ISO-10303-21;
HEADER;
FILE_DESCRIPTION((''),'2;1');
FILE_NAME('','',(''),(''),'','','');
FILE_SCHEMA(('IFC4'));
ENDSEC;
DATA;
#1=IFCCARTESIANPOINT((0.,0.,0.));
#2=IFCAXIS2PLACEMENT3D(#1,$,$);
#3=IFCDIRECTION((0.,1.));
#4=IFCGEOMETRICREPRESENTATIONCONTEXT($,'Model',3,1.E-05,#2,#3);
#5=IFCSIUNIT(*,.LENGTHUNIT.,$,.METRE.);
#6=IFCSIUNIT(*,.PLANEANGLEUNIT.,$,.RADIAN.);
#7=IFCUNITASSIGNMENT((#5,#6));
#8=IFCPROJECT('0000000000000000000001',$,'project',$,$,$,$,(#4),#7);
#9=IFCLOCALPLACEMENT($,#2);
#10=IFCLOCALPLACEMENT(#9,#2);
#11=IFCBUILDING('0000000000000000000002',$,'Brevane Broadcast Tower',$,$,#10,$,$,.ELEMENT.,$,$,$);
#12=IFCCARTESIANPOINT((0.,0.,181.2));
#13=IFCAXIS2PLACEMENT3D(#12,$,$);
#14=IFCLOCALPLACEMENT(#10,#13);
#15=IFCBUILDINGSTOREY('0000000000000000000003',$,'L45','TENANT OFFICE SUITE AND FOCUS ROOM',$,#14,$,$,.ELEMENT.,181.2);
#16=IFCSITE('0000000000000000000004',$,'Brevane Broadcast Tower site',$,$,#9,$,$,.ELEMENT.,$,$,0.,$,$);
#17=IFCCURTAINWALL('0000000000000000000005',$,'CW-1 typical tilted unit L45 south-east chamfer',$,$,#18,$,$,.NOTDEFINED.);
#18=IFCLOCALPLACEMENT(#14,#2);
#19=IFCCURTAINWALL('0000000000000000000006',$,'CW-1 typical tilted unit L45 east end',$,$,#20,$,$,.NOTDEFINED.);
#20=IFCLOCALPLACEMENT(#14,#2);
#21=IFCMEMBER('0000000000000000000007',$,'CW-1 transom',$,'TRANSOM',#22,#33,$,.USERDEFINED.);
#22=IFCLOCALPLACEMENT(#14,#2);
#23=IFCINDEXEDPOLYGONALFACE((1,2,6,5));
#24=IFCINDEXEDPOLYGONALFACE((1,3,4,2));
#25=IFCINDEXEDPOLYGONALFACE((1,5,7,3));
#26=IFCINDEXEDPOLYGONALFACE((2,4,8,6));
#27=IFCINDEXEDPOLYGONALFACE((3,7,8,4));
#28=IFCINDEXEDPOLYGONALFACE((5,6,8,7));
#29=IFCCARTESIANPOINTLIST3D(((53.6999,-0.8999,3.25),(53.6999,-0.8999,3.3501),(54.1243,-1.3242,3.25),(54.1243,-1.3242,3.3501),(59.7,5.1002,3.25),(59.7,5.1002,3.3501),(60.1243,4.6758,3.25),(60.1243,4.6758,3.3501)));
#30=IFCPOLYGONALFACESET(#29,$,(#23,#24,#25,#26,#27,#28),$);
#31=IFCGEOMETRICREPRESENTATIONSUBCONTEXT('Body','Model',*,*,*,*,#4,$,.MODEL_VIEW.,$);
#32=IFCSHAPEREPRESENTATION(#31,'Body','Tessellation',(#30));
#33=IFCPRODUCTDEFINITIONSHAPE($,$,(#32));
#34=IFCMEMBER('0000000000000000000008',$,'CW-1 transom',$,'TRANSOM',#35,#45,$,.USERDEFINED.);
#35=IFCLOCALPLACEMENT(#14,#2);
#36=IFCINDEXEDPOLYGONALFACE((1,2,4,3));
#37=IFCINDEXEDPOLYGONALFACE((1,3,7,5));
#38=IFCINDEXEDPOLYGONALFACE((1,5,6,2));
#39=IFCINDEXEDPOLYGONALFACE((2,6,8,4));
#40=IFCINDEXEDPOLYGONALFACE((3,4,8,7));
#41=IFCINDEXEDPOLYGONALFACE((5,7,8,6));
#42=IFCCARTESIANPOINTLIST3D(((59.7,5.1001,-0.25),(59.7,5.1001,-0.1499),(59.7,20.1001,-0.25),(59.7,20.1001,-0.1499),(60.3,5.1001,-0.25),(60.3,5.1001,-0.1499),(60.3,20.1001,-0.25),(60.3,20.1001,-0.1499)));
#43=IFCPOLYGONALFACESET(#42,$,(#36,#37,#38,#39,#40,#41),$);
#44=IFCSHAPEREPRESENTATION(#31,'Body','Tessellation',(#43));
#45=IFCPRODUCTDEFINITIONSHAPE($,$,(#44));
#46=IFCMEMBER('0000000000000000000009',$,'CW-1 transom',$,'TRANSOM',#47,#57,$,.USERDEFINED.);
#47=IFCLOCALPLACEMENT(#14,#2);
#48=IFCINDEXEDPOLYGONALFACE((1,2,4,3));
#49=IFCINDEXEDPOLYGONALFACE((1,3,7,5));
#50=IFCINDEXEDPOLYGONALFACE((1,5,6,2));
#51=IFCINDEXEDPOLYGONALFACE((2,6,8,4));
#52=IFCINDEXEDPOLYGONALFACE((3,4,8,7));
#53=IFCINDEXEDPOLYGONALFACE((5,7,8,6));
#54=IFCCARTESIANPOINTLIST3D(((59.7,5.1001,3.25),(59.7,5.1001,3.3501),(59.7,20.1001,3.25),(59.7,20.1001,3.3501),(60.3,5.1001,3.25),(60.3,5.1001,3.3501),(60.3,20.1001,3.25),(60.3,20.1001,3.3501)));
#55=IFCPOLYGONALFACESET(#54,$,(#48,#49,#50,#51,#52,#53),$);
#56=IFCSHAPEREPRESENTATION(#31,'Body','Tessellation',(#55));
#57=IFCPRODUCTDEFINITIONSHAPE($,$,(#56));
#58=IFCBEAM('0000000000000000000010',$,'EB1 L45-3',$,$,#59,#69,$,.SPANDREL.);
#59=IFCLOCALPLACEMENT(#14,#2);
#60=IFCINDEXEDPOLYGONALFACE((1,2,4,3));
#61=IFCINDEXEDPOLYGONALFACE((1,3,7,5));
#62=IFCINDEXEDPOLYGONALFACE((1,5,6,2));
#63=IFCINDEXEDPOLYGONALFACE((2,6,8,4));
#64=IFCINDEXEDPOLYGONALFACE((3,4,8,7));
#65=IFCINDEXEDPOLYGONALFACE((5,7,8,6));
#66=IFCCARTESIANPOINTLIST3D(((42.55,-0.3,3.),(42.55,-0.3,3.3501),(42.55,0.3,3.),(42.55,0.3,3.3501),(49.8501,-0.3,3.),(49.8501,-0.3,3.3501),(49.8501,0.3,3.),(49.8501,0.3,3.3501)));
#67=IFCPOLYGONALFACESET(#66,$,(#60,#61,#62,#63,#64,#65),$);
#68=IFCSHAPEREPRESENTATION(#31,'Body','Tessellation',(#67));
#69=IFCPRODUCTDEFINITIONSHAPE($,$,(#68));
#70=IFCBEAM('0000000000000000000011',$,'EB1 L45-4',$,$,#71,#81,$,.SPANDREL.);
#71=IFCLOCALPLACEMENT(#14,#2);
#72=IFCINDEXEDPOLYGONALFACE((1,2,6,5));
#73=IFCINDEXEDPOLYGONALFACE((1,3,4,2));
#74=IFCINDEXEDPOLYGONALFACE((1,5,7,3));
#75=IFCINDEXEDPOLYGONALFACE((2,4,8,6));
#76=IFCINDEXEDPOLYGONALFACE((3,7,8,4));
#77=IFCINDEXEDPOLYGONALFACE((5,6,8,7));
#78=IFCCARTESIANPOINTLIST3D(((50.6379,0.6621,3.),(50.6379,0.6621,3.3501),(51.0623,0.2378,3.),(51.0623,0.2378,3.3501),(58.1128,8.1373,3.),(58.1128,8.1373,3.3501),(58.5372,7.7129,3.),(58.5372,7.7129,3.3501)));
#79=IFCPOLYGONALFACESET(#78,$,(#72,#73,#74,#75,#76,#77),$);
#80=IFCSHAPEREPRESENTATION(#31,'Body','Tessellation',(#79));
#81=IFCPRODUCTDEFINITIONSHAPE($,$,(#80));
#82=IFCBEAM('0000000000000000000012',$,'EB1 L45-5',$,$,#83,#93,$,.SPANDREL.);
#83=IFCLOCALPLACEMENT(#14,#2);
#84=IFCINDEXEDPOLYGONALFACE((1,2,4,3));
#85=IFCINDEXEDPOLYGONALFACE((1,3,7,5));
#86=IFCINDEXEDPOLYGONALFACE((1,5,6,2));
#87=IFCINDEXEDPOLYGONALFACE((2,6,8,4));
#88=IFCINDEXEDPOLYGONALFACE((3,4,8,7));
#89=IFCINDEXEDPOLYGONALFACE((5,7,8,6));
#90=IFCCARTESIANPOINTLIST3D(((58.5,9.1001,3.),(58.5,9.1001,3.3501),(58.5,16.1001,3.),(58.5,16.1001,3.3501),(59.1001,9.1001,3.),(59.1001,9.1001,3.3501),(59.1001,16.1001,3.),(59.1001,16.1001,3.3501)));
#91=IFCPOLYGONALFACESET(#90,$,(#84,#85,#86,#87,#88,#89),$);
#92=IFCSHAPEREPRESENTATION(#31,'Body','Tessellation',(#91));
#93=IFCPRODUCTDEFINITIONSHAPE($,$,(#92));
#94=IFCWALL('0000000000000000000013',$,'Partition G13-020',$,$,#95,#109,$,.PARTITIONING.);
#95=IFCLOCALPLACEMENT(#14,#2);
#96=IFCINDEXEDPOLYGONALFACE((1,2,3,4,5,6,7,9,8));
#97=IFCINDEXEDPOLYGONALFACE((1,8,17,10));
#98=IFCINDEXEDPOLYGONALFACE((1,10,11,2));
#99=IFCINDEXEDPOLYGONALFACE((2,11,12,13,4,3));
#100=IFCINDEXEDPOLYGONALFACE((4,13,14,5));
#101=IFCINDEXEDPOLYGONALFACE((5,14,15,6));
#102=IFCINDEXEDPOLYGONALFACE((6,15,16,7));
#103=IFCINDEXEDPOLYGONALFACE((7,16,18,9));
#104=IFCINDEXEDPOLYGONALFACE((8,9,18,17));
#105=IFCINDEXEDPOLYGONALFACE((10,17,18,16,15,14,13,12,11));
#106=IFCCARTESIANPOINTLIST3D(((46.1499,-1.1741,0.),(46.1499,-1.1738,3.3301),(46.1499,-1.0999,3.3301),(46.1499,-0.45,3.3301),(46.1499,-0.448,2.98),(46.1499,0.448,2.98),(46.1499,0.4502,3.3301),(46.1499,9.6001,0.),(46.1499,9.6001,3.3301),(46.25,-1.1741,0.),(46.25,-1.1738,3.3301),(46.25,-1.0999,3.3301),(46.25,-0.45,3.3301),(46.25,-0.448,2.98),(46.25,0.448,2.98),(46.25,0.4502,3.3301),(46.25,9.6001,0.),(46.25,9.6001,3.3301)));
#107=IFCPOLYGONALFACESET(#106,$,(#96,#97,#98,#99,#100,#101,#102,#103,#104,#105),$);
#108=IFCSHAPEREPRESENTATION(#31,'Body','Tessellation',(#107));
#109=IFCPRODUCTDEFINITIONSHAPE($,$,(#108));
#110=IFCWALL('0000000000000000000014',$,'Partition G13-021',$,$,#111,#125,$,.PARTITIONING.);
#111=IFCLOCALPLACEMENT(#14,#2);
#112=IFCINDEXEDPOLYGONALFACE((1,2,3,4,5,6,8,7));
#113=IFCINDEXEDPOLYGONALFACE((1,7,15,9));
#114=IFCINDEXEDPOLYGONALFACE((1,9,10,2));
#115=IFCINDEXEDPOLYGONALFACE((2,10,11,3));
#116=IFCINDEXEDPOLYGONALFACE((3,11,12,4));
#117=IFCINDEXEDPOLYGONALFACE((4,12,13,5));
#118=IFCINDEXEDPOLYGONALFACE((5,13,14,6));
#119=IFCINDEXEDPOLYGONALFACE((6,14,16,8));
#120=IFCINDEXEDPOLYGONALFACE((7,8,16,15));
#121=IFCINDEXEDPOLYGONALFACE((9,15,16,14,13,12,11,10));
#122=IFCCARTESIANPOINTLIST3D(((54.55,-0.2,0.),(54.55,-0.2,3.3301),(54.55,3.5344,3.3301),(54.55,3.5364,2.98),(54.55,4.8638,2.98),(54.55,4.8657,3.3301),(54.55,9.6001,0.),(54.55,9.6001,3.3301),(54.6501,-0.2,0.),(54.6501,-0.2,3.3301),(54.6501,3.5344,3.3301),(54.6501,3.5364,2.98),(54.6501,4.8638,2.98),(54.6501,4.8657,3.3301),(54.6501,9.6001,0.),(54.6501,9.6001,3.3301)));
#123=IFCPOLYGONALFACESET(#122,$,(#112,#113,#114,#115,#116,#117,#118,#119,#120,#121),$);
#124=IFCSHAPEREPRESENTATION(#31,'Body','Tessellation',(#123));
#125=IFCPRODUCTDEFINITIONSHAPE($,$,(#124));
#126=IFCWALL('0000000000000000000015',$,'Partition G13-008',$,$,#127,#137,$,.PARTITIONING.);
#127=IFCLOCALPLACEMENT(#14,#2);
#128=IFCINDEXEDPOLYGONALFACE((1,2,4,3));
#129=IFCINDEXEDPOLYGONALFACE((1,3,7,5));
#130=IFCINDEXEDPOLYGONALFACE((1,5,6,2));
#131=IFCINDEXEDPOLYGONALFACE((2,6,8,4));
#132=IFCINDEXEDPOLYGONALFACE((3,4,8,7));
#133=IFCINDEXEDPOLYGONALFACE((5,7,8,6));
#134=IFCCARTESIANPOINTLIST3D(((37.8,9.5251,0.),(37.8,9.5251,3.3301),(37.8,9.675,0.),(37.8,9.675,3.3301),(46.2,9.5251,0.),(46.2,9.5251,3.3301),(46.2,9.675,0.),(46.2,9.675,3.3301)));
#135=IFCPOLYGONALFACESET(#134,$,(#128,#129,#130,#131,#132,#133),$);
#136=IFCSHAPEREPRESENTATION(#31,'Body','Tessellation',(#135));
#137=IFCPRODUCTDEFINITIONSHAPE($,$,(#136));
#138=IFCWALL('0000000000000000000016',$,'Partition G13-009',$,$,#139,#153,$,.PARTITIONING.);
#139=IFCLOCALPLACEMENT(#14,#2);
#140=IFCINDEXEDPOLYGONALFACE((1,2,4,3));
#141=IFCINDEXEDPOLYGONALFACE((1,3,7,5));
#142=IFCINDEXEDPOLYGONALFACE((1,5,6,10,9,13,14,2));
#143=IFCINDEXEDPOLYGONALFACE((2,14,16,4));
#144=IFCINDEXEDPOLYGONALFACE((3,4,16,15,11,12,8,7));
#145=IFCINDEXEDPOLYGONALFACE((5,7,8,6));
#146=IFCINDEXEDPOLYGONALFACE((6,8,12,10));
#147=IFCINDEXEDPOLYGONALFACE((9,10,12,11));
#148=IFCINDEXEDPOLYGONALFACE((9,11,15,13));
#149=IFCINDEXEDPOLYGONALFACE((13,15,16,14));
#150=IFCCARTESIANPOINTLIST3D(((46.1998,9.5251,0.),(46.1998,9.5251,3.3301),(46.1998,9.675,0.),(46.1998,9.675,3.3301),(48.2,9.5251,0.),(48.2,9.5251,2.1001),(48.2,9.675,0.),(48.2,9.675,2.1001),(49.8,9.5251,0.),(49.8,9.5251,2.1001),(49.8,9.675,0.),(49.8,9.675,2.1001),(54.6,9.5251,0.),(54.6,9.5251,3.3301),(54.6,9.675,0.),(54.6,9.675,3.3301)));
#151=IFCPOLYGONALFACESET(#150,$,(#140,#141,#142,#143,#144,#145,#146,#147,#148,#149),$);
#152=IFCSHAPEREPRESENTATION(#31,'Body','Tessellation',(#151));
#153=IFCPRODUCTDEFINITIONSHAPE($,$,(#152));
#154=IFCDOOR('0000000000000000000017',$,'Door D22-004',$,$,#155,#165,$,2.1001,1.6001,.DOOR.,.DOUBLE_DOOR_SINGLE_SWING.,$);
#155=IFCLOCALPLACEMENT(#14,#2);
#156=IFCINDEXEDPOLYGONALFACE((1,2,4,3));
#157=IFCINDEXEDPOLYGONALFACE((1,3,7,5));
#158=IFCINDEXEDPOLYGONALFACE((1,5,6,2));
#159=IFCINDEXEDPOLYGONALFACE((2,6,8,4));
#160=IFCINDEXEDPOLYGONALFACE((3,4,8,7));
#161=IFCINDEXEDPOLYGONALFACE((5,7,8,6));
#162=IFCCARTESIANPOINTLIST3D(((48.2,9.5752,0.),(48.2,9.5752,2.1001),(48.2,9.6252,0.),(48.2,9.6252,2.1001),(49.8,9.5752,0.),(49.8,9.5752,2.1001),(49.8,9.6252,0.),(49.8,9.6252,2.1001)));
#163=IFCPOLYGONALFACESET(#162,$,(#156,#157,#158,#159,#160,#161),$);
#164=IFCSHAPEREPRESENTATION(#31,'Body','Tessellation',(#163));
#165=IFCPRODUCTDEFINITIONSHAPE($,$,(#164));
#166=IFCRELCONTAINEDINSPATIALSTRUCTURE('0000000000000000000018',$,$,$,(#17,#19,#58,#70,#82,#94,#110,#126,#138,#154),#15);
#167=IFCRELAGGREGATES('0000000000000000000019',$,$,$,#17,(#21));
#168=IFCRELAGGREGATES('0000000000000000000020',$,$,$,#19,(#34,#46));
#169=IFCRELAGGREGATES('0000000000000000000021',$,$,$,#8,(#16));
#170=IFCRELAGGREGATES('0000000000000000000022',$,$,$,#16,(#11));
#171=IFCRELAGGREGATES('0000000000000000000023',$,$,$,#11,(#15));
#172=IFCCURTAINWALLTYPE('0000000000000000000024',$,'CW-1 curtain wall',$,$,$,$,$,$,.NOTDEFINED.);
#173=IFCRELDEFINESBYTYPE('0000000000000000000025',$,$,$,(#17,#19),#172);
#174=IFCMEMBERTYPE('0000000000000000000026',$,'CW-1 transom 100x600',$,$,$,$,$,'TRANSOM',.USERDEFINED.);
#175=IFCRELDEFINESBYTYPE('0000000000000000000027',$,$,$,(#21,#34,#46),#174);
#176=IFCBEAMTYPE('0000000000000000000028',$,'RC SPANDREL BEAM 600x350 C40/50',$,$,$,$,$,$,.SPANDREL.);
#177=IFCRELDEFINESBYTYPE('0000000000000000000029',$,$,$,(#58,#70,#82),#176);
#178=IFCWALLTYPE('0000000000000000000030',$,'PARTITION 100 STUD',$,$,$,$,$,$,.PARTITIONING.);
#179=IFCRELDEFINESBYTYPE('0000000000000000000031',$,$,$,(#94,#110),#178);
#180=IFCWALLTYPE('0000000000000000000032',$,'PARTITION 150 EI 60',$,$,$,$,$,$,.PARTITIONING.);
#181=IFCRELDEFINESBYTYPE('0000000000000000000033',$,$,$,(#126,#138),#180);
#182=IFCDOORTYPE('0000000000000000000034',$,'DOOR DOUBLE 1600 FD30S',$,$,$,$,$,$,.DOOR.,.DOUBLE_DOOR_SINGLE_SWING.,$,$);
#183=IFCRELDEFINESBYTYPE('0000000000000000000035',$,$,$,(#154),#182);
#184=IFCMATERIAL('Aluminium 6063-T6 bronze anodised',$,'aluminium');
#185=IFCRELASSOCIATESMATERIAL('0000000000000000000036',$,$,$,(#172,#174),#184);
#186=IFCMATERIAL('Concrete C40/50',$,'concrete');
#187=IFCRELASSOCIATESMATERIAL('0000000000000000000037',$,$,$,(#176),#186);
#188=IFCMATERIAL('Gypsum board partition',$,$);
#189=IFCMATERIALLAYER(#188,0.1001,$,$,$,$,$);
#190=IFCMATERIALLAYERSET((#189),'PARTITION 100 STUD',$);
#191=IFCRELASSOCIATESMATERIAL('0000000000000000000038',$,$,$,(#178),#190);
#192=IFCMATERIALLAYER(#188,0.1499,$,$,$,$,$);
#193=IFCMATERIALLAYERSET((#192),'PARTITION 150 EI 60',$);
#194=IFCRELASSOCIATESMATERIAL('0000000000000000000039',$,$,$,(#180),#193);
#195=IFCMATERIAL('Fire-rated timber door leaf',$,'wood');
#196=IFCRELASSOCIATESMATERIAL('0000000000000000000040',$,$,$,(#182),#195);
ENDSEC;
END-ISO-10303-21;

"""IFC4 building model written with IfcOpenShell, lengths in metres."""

from ifc_helpers import new_model, si_unit, direction, frame, frame_2d, origin, origin_2d, place, context, subcontext, project, spatial, polyline, rectangle, outline, extrude, material, layer, layer_set, material_profile, profile_set, type_object, element, fill, aggregate, save


model = new_model("IFC4")

# Units and contexts
model_context = context("Model", 3, precision=1e-05, world=origin(), true_north=direction((0.0, 1.0)))
body_context = subcontext(model_context, "Body", "Model", "MODEL_VIEW")
ifc_project = project(units=[si_unit("LENGTHUNIT", "METRE"), si_unit("PLANEANGLEUNIT", "RADIAN")], contexts=[model_context])

# Site, building, storey
site_placement = place(None, origin())
site = spatial("IfcSite", under=ifc_project, at=site_placement, Name="Brevane Broadcast Tower site", CompositionType="ELEMENT", RefElevation=0.0)
building_placement = place(site_placement, origin())
building = spatial("IfcBuilding", under=site, at=building_placement, Name="Brevane Broadcast Tower", CompositionType="ELEMENT")
storey_placement = place(building_placement, frame((0.0, 0.0, 181.2)))
storey = spatial("IfcBuildingStorey", under=building, at=storey_placement, Name="L45", Description="TENANT OFFICE SUITE AND FOCUS ROOM", CompositionType="ELEMENT", Elevation=181.2)

# Curtain walls
ifc_material_1 = material(Name="Aluminium 6063-T6 bronze anodised", Category="aluminium")
curtain_wall_type = type_object("IfcCurtainWallType", Name="CW-1 curtain wall", PredefinedType="NOTDEFINED", material=ifc_material_1)
curtain_wall_1_placement = place(storey_placement, origin())
curtain_wall_1 = element("IfcCurtainWall", 1, at=curtain_wall_1_placement, inside=storey, type_object=curtain_wall_type, Name="CW-1 typical tilted unit L45 south-east chamfer", PredefinedType="NOTDEFINED")
curtain_wall_2_placement = place(storey_placement, origin())
curtain_wall_2 = element("IfcCurtainWall", 2, at=curtain_wall_2_placement, inside=storey, type_object=curtain_wall_type, Name="CW-1 typical tilted unit L45 east end", PredefinedType="NOTDEFINED")

# Members
ifc_material_profile_1 = material_profile(ifc_material_1, rectangle(XDim=0.6001, YDim=0.1001, at=origin_2d()), Name="RECT 100x600")
ifc_profile_set_1 = profile_set([ifc_material_profile_1], Name="Aluminium 6063-T6 bronze anodised")
member_type_1 = type_object("IfcMemberType", Name="CW-1 transom 100x600", ElementType="TRANSOM", PredefinedType="USERDEFINED", material=ifc_profile_set_1)
member_1_placement = place(storey_placement, frame((53.9121, -1.1121, 3.3), z_axis=(0.707107, 0.707107, 0.0), x_axis=(-0.707107, 0.707107, 0.0)))
member_1 = element("IfcMember", 3, at=member_1_placement, type_object=member_type_1, Name="CW-1 transom", ObjectType="TRANSOM", PredefinedType="USERDEFINED", context=body_context, shape_type="SweptSolid", body=[
    extrude(rectangle(XDim=0.6001, YDim=0.1001, at=origin_2d()), origin(), (0.0, 0.0, 1.0), 8.4854),
])
aggregate(curtain_wall_1, [member_1])
member_2_placement = place(storey_placement, frame((60.0, 5.1001, -0.2), z_axis=(0.0, 1.0, 0.0), x_axis=(-1.0, 0.0, 0.0)))
member_2 = element("IfcMember", 4, at=member_2_placement, type_object=member_type_1, Name="CW-1 transom", ObjectType="TRANSOM", PredefinedType="USERDEFINED", context=body_context, shape_type="SweptSolid", body=[
    extrude(rectangle(XDim=0.6001, YDim=0.1001, at=origin_2d()), origin(), (0.0, 0.0, 1.0), 15.0),
])
member_3_placement = place(storey_placement, frame((60.0, 5.1001, 3.3), z_axis=(0.0, 1.0, 0.0), x_axis=(-1.0, 0.0, 0.0)))
member_3 = element("IfcMember", 5, at=member_3_placement, type_object=member_type_1, Name="CW-1 transom", ObjectType="TRANSOM", PredefinedType="USERDEFINED", context=body_context, shape_type="SweptSolid", body=[
    extrude(rectangle(XDim=0.6001, YDim=0.1001, at=origin_2d()), origin(), (0.0, 0.0, 1.0), 15.0),
])
aggregate(curtain_wall_2, [member_2, member_3])

# Beams
ifc_material_2 = material(Name="Concrete C40/50", Category="concrete")
ifc_material_profile_2 = material_profile(ifc_material_2, rectangle(XDim=0.6001, YDim=0.3501, at=origin_2d()), Name="RC 600x350")
ifc_profile_set_2 = profile_set([ifc_material_profile_2], Name="Concrete C40/50")
beam_type = type_object("IfcBeamType", Name="RC SPANDREL BEAM 600x350 C40/50", PredefinedType="SPANDREL", material=ifc_profile_set_2)
beam_1_placement = place(storey_placement, frame((42.55, 0.0, 3.175), z_axis=(1.0, 0.0, 0.0), x_axis=(0.0, 1.0, 0.0)))
element("IfcBeam", 6, at=beam_1_placement, inside=storey, type_object=beam_type, Name="EB1 L45-3", PredefinedType="SPANDREL", context=body_context, shape_type="SweptSolid", body=[
    extrude(rectangle(XDim=0.6001, YDim=0.3501, at=origin_2d()), origin(), (0.0, 0.0, 1.0), 7.3),
])
beam_2_placement = place(storey_placement, frame((50.8501, 0.45, 3.175), z_axis=(0.707095, 0.707118, 0.0), x_axis=(-0.707118, 0.707095, 0.0)))
element("IfcBeam", 7, at=beam_2_placement, inside=storey, type_object=beam_type, Name="EB1 L45-4", PredefinedType="SPANDREL", context=body_context, shape_type="SweptSolid", body=[
    extrude(rectangle(XDim=0.6001, YDim=0.3501, at=origin_2d()), origin(), (0.0, 0.0, 1.0), 10.5713),
])
beam_3_placement = place(storey_placement, frame((58.8, 9.1001, 3.175), z_axis=(0.0, 1.0, 0.0), x_axis=(-1.0, 0.0, 0.0)))
element("IfcBeam", 8, at=beam_3_placement, inside=storey, type_object=beam_type, Name="EB1 L45-5", PredefinedType="SPANDREL", context=body_context, shape_type="SweptSolid", body=[
    extrude(rectangle(XDim=0.6001, YDim=0.3501, at=origin_2d()), origin(), (0.0, 0.0, 1.0), 7.0),
])

# Walls
ifc_material_3 = material(Name="Gypsum board partition")
ifc_layer_1 = layer(ifc_material_3, 0.1001)
ifc_layer_set_1 = layer_set([ifc_layer_1], Name="PARTITION 100 STUD")
wall_type_1 = type_object("IfcWallType", Name="PARTITION 100 STUD", PredefinedType="PARTITIONING", material=ifc_layer_set_1)
wall_1_placement = place(storey_placement, frame((46.2, 9.6001, 0.0), z_axis=(0.0, 0.0, 1.0), x_axis=(0.0, -1.0, 0.0)))
element("IfcWall", 9, at=wall_1_placement, inside=storey, type_object=wall_type_1, Name="Partition G13-020", PredefinedType="PARTITIONING", context=body_context, shape_type="SweptSolid", body=[
    extrude(outline(polyline([(0.0, 0.0), (10.7742, 0.0), (10.7739, 3.3301), (10.7, 3.3301), (10.05, 3.3301), (10.0481, 2.98), (9.1521, 2.98), (9.1499, 3.3301), (0.0, 3.3301), (0.0, 0.0)])), frame((0.0, 0.05, 0.0), z_axis=(0.0, -1.0, 0.0), x_axis=(1.0, 0.0, 0.0)), (0.0, 0.0, 1.0), 0.1001),
])
wall_2_placement = place(storey_placement, frame((54.6001, 9.6001, 0.0), z_axis=(0.0, 0.0, 1.0), x_axis=(0.0, -1.0, 0.0)))
element("IfcWall", 10, at=wall_2_placement, inside=storey, type_object=wall_type_1, Name="Partition G13-021", PredefinedType="PARTITIONING", context=body_context, shape_type="SweptSolid", body=[
    extrude(outline(polyline([(0.0, 0.0), (9.8, 0.0), (9.8, 3.3301), (6.0657, 3.3301), (6.0637, 2.98), (4.7363, 2.98), (4.7344, 3.3301), (0.0, 3.3301), (0.0, 0.0)])), frame((0.0, 0.05, 0.0), z_axis=(0.0, -1.0, 0.0), x_axis=(1.0, 0.0, 0.0)), (0.0, 0.0, 1.0), 0.1001),
])
ifc_layer_2 = layer(ifc_material_3, 0.1499)
ifc_layer_set_2 = layer_set([ifc_layer_2], Name="PARTITION 150 EI 60")
wall_type_2 = type_object("IfcWallType", Name="PARTITION 150 EI 60", PredefinedType="PARTITIONING", material=ifc_layer_set_2)
wall_3_placement = place(storey_placement, frame((46.2, 9.6001, 0.0), z_axis=(0.0, 0.0, 1.0), x_axis=(-1.0, 0.0, 0.0)))
element("IfcWall", 11, at=wall_3_placement, inside=storey, type_object=wall_type_2, Name="Partition G13-008", PredefinedType="PARTITIONING", context=body_context, shape_type="SweptSolid", body=[
    extrude(rectangle(XDim=8.3999, YDim=0.1499, at=frame_2d((4.2, 0.0))), origin(), (0.0, 0.0, 1.0), 3.3301),
])

# Wall, opening, door
wall_4_placement = place(storey_placement, frame((54.6001, 9.6001, 0.0), z_axis=(0.0, 0.0, 1.0), x_axis=(-1.0, 0.0, 0.0)))
wall_4 = element("IfcWall", 12, at=wall_4_placement, inside=storey, type_object=wall_type_2, Name="Partition G13-009", PredefinedType="PARTITIONING", context=body_context, shape_type="SweptSolid", body=[
    extrude(rectangle(XDim=8.4001, YDim=0.1499, at=frame_2d((4.2002, 0.0))), origin(), (0.0, 0.0, 1.0), 3.3301),
])
opening_1_placement = place(wall_4_placement, frame((4.8, 0.0, 0.0)))
opening_1 = element("IfcOpeningElement", 13, at=opening_1_placement, cuts=wall_4, PredefinedType="OPENING", context=body_context, shape_type="SweptSolid", body=[
    extrude(rectangle(XDim=1.6001, YDim=2.1001, at=frame_2d((0.8, 1.05))), frame((0.0, 0.085, 0.0), z_axis=(0.0, -1.0, 0.0), x_axis=(1.0, 0.0, 0.0)), (0.0, 0.0, 1.0), 0.1699),
])
ifc_material_4 = material(Name="Fire-rated timber door leaf", Category="wood")
door_type_1 = type_object("IfcDoorType", Name="DOOR DOUBLE 1600 FD30S", OperationType="DOUBLE_DOOR_SINGLE_SWING", PredefinedType="DOOR", material=ifc_material_4)
door_1_placement = place(opening_1_placement, origin())
door_1 = element("IfcDoor", 14, at=door_1_placement, inside=storey, type_object=door_type_1, Name="Door D22-004", OperationType="DOUBLE_DOOR_SINGLE_SWING", OverallHeight=2.1001, OverallWidth=1.6001, PredefinedType="DOOR", context=body_context, shape_type="SweptSolid", body=[
    extrude(rectangle(XDim=1.6001, YDim=2.1001, at=frame_2d((0.8, 1.05))), frame((0.0, 0.0249, 0.0), z_axis=(0.0, -1.0, 0.0), x_axis=(1.0, 0.0, 0.0)), (0.0, 0.0, 1.0), 0.05),
])
fill(opening_1, door_1)

save(model, "model.ifc")
